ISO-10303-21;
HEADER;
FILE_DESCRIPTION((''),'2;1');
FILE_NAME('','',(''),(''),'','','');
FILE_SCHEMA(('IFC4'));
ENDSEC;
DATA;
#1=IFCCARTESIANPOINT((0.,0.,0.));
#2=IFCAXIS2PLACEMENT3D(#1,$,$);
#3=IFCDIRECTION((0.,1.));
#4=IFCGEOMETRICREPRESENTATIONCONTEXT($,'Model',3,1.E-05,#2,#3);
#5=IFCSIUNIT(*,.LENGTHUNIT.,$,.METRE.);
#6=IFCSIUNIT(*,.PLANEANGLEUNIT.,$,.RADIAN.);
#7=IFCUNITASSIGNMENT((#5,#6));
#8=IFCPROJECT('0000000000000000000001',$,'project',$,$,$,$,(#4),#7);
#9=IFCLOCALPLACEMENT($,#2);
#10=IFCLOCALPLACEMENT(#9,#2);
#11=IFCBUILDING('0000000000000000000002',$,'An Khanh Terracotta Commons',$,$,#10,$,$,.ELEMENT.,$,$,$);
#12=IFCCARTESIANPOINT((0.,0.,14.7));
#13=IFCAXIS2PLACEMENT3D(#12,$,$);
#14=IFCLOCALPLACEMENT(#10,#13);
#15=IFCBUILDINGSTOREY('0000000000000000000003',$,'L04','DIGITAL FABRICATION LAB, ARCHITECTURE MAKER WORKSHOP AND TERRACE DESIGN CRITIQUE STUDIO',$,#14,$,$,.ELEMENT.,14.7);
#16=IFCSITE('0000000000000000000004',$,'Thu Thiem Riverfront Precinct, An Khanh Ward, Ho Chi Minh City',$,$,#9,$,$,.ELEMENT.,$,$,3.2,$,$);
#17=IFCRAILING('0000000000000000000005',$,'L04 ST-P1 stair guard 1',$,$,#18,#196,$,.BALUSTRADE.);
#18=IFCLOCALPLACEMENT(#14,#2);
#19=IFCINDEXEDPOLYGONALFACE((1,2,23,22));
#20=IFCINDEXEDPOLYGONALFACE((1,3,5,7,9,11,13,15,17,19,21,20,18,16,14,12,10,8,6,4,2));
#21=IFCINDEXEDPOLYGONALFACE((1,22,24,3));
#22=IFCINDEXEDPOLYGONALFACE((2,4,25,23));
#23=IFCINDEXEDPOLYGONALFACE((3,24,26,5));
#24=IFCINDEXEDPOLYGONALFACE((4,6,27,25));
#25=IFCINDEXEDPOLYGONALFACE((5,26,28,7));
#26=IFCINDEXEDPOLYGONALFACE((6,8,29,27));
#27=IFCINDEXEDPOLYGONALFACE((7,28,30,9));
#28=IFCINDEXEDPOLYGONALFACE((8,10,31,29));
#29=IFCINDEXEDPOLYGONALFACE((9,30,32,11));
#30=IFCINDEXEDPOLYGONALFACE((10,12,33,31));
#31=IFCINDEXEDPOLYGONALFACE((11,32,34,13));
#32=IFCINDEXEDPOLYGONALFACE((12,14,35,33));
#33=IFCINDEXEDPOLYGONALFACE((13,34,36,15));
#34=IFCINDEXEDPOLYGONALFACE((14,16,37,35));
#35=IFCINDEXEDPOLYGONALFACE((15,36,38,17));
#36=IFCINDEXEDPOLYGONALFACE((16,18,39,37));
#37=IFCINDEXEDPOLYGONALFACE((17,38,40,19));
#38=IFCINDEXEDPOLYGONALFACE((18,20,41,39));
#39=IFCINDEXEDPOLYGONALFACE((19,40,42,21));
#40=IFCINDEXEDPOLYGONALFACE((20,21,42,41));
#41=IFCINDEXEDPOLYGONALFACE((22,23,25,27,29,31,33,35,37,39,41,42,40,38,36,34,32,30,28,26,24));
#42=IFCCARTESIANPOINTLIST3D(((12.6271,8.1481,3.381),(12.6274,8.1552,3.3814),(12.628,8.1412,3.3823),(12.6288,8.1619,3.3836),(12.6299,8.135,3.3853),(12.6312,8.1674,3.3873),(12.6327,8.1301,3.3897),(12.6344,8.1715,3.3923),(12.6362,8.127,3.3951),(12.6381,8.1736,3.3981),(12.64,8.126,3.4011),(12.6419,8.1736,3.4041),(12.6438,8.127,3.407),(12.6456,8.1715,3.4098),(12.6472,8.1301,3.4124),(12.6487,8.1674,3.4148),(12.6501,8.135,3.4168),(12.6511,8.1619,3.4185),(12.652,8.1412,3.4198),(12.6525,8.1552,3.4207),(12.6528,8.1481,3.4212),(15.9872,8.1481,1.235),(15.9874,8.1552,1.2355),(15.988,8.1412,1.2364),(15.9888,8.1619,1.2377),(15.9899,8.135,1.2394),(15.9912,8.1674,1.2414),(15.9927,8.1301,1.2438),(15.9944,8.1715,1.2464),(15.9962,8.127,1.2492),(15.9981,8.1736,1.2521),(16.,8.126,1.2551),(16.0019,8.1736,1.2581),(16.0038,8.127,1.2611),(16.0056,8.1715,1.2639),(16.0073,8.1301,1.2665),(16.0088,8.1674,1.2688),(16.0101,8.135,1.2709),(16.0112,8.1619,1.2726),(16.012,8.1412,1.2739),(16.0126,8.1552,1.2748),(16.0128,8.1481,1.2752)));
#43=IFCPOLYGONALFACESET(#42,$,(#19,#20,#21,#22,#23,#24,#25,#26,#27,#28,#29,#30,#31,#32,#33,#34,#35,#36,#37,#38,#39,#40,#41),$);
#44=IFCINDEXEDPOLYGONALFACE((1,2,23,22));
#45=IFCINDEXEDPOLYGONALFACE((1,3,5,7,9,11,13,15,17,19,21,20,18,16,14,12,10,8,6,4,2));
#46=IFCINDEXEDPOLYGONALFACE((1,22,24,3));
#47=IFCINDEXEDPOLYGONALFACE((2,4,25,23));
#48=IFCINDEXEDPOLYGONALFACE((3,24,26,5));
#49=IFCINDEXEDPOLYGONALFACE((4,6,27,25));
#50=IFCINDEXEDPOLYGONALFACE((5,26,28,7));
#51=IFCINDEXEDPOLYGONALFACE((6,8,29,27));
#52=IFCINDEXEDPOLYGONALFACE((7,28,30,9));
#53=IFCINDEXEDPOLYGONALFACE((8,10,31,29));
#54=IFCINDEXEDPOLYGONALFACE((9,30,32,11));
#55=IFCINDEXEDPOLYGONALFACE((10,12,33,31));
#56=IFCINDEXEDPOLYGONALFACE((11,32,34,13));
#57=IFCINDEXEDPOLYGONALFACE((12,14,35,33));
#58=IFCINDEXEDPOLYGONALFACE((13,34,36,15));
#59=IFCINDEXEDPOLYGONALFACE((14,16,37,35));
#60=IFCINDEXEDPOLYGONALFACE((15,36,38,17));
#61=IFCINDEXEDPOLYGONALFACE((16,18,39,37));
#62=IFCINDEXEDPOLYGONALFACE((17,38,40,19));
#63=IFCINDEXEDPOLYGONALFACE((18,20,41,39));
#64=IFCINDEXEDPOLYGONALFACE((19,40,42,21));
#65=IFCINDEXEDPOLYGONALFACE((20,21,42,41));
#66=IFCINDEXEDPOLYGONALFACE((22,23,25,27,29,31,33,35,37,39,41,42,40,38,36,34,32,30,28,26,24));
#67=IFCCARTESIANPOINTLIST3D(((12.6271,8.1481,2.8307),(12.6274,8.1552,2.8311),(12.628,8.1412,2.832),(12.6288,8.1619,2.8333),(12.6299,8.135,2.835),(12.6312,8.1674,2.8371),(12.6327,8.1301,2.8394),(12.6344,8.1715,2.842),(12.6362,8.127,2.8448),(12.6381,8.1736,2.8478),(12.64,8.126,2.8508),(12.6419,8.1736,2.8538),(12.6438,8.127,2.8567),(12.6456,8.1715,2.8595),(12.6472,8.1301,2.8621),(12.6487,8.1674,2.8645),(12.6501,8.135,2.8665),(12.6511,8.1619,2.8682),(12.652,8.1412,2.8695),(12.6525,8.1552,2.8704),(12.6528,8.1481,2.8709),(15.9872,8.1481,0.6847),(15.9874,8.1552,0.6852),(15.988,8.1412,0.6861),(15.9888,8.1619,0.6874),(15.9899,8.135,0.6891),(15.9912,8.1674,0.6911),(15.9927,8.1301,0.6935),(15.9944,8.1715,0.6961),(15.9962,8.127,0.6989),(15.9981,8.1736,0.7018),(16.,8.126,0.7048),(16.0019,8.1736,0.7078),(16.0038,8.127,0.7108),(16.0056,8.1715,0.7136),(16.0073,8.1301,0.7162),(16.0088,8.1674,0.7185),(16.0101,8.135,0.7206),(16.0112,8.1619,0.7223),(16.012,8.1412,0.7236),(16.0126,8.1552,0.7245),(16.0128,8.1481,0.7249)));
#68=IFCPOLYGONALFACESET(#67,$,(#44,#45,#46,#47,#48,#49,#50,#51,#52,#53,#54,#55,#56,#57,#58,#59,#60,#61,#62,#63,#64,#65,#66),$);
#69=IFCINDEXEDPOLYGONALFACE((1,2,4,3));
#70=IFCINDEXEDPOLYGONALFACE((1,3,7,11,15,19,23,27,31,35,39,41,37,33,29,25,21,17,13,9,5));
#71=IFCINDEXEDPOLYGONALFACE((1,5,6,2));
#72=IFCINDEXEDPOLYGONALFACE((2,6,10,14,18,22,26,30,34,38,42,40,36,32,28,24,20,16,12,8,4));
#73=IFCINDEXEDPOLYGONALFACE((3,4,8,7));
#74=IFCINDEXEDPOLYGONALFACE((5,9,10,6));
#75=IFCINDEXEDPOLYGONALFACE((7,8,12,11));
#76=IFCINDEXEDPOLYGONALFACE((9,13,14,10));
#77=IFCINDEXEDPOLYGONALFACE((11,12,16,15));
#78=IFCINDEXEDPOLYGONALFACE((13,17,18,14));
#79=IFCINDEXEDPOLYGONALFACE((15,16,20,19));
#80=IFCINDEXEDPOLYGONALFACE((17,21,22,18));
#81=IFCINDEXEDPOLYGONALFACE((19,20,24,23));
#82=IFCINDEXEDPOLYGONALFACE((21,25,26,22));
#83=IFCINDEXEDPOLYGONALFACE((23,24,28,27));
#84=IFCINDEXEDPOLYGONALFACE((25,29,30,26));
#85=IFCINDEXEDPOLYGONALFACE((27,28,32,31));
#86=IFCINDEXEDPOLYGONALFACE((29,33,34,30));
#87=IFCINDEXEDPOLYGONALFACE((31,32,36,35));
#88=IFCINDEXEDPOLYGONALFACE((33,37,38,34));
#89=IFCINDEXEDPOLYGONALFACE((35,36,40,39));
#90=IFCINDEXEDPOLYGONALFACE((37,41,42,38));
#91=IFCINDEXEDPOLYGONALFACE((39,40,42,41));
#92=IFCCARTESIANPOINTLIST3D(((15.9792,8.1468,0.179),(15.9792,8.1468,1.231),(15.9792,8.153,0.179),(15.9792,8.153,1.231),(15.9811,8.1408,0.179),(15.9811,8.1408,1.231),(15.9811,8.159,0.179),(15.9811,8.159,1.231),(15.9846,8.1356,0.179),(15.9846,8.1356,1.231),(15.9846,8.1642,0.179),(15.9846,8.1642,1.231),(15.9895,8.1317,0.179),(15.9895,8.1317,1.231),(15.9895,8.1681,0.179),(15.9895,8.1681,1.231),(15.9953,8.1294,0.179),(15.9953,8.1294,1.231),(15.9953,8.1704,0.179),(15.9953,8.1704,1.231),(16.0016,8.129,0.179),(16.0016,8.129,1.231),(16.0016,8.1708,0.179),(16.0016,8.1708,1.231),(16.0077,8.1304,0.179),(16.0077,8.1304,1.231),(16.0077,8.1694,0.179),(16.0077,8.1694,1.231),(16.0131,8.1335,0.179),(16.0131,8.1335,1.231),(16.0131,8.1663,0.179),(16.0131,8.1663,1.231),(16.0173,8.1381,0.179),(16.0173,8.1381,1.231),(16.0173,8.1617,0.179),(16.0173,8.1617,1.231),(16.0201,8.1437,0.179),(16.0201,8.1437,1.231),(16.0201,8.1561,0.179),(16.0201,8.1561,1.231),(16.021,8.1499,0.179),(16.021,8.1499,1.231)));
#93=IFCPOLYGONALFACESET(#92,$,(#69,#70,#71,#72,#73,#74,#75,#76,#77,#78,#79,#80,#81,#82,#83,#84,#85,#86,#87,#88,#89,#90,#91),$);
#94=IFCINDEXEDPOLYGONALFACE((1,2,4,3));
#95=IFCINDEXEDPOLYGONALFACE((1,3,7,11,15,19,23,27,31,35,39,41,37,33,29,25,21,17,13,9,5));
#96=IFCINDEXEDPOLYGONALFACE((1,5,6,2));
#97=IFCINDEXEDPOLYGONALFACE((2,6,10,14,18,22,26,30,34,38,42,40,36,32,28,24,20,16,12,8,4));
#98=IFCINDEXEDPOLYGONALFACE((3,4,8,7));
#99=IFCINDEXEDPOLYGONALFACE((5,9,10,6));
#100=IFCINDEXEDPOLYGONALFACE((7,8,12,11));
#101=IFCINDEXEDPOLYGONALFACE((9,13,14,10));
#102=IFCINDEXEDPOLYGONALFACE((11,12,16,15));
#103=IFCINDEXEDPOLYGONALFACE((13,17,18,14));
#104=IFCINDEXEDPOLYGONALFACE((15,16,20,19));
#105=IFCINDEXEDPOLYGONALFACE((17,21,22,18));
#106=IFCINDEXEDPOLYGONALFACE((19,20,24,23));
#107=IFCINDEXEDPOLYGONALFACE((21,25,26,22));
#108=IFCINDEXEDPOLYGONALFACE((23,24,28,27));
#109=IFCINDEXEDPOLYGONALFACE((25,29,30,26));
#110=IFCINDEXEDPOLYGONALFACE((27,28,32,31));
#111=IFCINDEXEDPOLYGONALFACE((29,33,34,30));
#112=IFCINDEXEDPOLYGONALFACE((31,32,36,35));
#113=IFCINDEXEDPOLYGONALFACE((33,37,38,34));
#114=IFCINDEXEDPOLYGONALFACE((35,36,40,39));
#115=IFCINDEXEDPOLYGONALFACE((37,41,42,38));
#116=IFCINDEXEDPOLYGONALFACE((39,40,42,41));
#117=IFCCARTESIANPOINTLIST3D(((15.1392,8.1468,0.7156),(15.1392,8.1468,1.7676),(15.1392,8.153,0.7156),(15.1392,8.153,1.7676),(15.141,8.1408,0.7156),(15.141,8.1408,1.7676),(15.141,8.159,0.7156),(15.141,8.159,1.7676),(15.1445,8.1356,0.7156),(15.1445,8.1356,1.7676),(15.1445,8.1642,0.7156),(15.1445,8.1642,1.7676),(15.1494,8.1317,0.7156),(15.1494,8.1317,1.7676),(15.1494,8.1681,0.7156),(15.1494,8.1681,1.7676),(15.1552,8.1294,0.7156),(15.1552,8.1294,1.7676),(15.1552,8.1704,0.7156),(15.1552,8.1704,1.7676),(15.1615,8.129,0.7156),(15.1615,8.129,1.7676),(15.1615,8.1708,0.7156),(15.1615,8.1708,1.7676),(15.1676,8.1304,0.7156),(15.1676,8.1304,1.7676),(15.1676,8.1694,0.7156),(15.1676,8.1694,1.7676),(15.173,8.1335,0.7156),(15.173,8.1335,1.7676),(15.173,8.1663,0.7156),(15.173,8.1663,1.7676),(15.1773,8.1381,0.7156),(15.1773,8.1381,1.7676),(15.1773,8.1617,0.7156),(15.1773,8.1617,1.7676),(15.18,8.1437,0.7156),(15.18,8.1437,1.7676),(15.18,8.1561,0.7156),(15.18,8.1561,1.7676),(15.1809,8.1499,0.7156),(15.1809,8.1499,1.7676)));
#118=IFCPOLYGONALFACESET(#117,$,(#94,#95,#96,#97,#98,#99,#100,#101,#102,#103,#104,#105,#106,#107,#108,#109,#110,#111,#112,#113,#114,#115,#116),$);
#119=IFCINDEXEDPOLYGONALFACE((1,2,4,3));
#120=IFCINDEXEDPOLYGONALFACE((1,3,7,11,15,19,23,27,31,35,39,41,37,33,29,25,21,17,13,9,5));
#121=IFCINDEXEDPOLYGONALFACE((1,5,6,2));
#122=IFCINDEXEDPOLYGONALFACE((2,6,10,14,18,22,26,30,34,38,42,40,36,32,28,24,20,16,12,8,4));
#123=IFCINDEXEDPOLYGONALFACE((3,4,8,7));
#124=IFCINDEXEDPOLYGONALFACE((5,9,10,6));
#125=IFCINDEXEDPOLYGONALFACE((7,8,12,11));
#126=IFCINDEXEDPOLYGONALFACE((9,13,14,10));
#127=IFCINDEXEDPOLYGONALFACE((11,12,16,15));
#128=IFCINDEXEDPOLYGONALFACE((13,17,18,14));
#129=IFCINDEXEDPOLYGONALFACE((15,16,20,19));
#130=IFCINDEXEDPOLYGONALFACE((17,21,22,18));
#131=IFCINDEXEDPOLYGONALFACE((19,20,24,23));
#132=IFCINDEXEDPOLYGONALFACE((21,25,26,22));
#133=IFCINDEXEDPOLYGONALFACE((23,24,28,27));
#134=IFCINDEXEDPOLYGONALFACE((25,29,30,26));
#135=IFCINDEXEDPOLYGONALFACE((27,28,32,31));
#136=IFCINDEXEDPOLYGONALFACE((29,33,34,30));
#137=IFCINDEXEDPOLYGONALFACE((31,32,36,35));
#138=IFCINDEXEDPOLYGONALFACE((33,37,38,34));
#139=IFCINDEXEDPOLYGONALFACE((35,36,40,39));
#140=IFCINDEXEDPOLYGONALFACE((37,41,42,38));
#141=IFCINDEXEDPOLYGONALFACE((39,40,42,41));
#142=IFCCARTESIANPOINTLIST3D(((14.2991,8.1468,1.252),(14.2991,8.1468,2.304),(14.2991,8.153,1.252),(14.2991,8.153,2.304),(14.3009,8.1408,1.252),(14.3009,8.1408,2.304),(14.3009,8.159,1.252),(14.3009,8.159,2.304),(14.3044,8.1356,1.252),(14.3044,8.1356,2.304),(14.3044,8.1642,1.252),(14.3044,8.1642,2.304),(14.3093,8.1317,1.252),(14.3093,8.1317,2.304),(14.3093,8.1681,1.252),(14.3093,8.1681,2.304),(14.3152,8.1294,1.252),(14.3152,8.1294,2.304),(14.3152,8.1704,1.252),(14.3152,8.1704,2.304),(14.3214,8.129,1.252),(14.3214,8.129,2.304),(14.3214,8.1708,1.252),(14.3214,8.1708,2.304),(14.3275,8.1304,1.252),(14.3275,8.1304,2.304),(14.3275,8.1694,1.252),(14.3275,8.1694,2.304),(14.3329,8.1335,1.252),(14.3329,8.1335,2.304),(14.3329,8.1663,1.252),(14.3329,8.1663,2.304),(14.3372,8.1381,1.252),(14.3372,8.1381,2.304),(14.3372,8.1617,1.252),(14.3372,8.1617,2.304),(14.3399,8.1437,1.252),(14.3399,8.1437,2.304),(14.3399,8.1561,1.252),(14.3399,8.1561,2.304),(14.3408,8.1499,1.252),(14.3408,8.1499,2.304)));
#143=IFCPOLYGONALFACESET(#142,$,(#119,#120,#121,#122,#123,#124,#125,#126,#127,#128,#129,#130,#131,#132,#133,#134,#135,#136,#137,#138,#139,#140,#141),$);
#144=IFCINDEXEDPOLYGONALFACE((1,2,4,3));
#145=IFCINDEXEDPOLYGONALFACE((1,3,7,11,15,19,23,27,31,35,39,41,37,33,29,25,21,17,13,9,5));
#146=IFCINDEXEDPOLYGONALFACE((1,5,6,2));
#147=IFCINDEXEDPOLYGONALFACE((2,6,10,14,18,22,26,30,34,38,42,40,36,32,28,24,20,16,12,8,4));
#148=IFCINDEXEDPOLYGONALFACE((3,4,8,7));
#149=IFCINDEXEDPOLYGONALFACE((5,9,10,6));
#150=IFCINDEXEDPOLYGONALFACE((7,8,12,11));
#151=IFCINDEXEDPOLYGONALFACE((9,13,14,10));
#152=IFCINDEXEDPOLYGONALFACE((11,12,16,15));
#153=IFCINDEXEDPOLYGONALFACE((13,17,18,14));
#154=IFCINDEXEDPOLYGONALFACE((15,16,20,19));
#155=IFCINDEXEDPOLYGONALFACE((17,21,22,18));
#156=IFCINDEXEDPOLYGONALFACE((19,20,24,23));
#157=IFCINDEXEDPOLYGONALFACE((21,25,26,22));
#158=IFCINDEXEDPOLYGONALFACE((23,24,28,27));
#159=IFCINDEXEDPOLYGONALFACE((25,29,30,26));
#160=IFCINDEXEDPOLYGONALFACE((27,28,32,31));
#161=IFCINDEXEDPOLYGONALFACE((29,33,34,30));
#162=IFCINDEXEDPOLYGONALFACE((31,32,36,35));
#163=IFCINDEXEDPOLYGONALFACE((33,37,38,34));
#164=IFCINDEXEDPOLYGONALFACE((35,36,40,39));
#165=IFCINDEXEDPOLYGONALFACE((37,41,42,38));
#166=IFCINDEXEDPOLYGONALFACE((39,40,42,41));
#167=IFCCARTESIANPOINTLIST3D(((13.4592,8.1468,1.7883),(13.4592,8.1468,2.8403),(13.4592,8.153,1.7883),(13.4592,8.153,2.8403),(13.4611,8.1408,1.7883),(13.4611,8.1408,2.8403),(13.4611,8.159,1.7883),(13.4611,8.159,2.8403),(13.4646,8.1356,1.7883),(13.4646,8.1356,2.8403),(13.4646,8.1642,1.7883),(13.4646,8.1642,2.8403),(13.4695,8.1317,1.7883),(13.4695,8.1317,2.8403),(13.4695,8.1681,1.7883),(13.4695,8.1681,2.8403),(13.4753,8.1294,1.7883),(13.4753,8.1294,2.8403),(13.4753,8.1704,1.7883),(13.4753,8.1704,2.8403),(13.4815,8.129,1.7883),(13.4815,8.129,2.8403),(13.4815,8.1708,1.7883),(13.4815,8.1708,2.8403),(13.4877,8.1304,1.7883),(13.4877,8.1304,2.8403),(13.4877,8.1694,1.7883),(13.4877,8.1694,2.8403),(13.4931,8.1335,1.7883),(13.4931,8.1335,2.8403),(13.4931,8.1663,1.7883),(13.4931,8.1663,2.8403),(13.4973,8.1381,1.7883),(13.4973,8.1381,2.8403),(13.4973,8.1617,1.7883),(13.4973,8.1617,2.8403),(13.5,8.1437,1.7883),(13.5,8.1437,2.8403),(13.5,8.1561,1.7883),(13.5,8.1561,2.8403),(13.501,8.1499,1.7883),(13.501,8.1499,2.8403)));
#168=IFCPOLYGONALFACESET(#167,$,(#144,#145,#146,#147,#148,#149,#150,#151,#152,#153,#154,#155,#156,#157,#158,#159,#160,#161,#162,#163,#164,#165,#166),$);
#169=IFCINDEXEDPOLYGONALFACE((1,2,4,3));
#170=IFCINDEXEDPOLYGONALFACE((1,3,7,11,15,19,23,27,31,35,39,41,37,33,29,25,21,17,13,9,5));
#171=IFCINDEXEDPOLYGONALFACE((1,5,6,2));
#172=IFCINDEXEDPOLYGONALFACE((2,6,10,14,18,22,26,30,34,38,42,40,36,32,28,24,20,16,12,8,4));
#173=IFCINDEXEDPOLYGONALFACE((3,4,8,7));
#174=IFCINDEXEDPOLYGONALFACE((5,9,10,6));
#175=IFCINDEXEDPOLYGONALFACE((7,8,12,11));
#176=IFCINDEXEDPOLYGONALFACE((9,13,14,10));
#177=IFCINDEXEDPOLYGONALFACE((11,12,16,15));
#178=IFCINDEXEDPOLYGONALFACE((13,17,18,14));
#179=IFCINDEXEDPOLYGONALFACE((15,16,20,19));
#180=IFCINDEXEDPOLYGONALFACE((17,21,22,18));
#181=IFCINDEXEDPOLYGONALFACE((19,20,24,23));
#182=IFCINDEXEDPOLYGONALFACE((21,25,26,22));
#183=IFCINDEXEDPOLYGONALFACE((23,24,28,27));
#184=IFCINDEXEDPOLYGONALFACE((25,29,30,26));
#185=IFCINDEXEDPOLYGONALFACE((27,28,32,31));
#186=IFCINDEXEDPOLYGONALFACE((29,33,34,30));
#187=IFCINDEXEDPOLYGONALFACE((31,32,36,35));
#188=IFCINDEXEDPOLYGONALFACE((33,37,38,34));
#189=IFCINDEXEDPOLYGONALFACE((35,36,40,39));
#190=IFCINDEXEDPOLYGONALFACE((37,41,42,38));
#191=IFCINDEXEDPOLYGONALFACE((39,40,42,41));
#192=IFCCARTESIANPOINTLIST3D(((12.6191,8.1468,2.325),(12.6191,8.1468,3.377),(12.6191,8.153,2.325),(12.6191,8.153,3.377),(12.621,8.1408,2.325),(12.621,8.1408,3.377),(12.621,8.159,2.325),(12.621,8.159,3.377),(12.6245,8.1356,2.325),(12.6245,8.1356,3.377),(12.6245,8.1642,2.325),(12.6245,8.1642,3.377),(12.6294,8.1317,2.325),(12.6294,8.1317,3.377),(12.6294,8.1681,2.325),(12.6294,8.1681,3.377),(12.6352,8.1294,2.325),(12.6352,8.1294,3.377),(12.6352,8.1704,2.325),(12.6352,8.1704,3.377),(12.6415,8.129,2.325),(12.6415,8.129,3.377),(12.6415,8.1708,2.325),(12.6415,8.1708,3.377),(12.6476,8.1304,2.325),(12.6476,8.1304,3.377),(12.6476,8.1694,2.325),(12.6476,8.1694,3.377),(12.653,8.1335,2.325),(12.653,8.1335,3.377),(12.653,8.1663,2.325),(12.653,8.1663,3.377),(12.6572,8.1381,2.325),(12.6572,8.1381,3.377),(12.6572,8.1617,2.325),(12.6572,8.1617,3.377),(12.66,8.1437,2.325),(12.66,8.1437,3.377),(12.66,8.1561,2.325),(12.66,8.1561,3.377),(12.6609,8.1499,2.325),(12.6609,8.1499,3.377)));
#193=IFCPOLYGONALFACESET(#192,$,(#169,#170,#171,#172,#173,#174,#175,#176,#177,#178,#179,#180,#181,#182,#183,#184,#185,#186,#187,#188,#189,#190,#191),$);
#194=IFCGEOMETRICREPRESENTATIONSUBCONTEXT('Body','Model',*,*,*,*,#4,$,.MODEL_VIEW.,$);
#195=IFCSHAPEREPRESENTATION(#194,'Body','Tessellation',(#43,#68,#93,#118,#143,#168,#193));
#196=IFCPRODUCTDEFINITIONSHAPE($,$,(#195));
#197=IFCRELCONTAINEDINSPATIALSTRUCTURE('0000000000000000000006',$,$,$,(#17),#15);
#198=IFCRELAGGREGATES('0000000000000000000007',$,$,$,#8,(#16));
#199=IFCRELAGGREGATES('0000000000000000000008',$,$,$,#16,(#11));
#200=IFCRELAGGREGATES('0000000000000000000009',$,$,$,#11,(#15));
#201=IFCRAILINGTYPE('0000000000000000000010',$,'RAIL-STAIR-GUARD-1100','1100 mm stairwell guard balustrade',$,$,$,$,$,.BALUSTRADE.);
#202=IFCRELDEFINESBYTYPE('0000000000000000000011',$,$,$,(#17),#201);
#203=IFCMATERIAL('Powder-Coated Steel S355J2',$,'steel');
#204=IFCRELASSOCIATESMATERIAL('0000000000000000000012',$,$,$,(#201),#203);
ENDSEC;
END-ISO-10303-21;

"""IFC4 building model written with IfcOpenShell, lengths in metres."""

from ifc_helpers import new_model, si_unit, direction, frame, origin, origin_2d, place, context, subcontext, project, spatial, circle, extrude, material, type_object, element, save


model = new_model("IFC4")

# Units and contexts
model_context = context("Model", 3, precision=1e-05, world=origin(), true_north=direction((0.0, 1.0)))
body_context = subcontext(model_context, "Body", "Model", "MODEL_VIEW")
ifc_project = project(units=[si_unit("LENGTHUNIT", "METRE"), si_unit("PLANEANGLEUNIT", "RADIAN")], contexts=[model_context])

# Site, building, storey
site_placement = place(None, origin())
site = spatial("IfcSite", under=ifc_project, at=site_placement, Name="Thu Thiem Riverfront Precinct, An Khanh Ward, Ho Chi Minh City", CompositionType="ELEMENT", RefElevation=3.2)
building_placement = place(site_placement, origin())
building = spatial("IfcBuilding", under=site, at=building_placement, Name="An Khanh Terracotta Commons", CompositionType="ELEMENT")
storey_placement = place(building_placement, frame((0.0, 0.0, 14.7)))
storey = spatial("IfcBuildingStorey", under=building, at=storey_placement, Name="L04", Description="DIGITAL FABRICATION LAB, ARCHITECTURE MAKER WORKSHOP AND TERRACE DESIGN CRITIQUE STUDIO", CompositionType="ELEMENT", Elevation=14.7)

# Railing
ifc_material_1 = material(Name="Powder-Coated Steel S355J2", Category="steel")
railing_type_1 = type_object("IfcRailingType", Name="RAIL-STAIR-GUARD-1100", Description="1100 mm stairwell guard balustrade", PredefinedType="BALUSTRADE", material=ifc_material_1)
railing_1_placement = place(storey_placement, frame((16.0, 8.1499, 0.179)))
element("IfcRailing", 1, at=railing_1_placement, inside=storey, type_object=railing_type_1, Name="L04 ST-P1 stair guard 1", PredefinedType="BALUSTRADE", context=body_context, shape_type="SweptSolid", body=[
    extrude(circle(Radius=0.0239, at=origin_2d()), frame((0.0, 0.0, 1.0762), z_axis=(-0.84278, 0.0, 0.538258), x_axis=(0.0, -1.0, 0.0)), (0.0, 0.0, 1.0), 3.9868),
    extrude(circle(Radius=0.0239, at=origin_2d()), frame((0.0, 0.0, 0.5259), z_axis=(-0.84278, 0.0, 0.538258), x_axis=(0.0, -1.0, 0.0)), (0.0, 0.0, 1.0), 3.9868),
    extrude(circle(Radius=0.021, at=origin_2d()), origin(), (0.0, 0.0, 1.0), 1.052),
    extrude(circle(Radius=0.021, at=origin_2d()), frame((-0.8401, 0.0, 0.5366)), (0.0, 0.0, 1.0), 1.052),
    extrude(circle(Radius=0.021, at=origin_2d()), frame((-1.6802, 0.0, 1.073)), (0.0, 0.0, 1.0), 1.052),
    extrude(circle(Radius=0.021, at=origin_2d()), frame((-2.52, 0.0, 1.6094)), (0.0, 0.0, 1.0), 1.052),
    extrude(circle(Radius=0.021, at=origin_2d()), frame((-3.3601, 0.0, 2.146)), (0.0, 0.0, 1.0), 1.052),
])

save(model, "model.ifc")
